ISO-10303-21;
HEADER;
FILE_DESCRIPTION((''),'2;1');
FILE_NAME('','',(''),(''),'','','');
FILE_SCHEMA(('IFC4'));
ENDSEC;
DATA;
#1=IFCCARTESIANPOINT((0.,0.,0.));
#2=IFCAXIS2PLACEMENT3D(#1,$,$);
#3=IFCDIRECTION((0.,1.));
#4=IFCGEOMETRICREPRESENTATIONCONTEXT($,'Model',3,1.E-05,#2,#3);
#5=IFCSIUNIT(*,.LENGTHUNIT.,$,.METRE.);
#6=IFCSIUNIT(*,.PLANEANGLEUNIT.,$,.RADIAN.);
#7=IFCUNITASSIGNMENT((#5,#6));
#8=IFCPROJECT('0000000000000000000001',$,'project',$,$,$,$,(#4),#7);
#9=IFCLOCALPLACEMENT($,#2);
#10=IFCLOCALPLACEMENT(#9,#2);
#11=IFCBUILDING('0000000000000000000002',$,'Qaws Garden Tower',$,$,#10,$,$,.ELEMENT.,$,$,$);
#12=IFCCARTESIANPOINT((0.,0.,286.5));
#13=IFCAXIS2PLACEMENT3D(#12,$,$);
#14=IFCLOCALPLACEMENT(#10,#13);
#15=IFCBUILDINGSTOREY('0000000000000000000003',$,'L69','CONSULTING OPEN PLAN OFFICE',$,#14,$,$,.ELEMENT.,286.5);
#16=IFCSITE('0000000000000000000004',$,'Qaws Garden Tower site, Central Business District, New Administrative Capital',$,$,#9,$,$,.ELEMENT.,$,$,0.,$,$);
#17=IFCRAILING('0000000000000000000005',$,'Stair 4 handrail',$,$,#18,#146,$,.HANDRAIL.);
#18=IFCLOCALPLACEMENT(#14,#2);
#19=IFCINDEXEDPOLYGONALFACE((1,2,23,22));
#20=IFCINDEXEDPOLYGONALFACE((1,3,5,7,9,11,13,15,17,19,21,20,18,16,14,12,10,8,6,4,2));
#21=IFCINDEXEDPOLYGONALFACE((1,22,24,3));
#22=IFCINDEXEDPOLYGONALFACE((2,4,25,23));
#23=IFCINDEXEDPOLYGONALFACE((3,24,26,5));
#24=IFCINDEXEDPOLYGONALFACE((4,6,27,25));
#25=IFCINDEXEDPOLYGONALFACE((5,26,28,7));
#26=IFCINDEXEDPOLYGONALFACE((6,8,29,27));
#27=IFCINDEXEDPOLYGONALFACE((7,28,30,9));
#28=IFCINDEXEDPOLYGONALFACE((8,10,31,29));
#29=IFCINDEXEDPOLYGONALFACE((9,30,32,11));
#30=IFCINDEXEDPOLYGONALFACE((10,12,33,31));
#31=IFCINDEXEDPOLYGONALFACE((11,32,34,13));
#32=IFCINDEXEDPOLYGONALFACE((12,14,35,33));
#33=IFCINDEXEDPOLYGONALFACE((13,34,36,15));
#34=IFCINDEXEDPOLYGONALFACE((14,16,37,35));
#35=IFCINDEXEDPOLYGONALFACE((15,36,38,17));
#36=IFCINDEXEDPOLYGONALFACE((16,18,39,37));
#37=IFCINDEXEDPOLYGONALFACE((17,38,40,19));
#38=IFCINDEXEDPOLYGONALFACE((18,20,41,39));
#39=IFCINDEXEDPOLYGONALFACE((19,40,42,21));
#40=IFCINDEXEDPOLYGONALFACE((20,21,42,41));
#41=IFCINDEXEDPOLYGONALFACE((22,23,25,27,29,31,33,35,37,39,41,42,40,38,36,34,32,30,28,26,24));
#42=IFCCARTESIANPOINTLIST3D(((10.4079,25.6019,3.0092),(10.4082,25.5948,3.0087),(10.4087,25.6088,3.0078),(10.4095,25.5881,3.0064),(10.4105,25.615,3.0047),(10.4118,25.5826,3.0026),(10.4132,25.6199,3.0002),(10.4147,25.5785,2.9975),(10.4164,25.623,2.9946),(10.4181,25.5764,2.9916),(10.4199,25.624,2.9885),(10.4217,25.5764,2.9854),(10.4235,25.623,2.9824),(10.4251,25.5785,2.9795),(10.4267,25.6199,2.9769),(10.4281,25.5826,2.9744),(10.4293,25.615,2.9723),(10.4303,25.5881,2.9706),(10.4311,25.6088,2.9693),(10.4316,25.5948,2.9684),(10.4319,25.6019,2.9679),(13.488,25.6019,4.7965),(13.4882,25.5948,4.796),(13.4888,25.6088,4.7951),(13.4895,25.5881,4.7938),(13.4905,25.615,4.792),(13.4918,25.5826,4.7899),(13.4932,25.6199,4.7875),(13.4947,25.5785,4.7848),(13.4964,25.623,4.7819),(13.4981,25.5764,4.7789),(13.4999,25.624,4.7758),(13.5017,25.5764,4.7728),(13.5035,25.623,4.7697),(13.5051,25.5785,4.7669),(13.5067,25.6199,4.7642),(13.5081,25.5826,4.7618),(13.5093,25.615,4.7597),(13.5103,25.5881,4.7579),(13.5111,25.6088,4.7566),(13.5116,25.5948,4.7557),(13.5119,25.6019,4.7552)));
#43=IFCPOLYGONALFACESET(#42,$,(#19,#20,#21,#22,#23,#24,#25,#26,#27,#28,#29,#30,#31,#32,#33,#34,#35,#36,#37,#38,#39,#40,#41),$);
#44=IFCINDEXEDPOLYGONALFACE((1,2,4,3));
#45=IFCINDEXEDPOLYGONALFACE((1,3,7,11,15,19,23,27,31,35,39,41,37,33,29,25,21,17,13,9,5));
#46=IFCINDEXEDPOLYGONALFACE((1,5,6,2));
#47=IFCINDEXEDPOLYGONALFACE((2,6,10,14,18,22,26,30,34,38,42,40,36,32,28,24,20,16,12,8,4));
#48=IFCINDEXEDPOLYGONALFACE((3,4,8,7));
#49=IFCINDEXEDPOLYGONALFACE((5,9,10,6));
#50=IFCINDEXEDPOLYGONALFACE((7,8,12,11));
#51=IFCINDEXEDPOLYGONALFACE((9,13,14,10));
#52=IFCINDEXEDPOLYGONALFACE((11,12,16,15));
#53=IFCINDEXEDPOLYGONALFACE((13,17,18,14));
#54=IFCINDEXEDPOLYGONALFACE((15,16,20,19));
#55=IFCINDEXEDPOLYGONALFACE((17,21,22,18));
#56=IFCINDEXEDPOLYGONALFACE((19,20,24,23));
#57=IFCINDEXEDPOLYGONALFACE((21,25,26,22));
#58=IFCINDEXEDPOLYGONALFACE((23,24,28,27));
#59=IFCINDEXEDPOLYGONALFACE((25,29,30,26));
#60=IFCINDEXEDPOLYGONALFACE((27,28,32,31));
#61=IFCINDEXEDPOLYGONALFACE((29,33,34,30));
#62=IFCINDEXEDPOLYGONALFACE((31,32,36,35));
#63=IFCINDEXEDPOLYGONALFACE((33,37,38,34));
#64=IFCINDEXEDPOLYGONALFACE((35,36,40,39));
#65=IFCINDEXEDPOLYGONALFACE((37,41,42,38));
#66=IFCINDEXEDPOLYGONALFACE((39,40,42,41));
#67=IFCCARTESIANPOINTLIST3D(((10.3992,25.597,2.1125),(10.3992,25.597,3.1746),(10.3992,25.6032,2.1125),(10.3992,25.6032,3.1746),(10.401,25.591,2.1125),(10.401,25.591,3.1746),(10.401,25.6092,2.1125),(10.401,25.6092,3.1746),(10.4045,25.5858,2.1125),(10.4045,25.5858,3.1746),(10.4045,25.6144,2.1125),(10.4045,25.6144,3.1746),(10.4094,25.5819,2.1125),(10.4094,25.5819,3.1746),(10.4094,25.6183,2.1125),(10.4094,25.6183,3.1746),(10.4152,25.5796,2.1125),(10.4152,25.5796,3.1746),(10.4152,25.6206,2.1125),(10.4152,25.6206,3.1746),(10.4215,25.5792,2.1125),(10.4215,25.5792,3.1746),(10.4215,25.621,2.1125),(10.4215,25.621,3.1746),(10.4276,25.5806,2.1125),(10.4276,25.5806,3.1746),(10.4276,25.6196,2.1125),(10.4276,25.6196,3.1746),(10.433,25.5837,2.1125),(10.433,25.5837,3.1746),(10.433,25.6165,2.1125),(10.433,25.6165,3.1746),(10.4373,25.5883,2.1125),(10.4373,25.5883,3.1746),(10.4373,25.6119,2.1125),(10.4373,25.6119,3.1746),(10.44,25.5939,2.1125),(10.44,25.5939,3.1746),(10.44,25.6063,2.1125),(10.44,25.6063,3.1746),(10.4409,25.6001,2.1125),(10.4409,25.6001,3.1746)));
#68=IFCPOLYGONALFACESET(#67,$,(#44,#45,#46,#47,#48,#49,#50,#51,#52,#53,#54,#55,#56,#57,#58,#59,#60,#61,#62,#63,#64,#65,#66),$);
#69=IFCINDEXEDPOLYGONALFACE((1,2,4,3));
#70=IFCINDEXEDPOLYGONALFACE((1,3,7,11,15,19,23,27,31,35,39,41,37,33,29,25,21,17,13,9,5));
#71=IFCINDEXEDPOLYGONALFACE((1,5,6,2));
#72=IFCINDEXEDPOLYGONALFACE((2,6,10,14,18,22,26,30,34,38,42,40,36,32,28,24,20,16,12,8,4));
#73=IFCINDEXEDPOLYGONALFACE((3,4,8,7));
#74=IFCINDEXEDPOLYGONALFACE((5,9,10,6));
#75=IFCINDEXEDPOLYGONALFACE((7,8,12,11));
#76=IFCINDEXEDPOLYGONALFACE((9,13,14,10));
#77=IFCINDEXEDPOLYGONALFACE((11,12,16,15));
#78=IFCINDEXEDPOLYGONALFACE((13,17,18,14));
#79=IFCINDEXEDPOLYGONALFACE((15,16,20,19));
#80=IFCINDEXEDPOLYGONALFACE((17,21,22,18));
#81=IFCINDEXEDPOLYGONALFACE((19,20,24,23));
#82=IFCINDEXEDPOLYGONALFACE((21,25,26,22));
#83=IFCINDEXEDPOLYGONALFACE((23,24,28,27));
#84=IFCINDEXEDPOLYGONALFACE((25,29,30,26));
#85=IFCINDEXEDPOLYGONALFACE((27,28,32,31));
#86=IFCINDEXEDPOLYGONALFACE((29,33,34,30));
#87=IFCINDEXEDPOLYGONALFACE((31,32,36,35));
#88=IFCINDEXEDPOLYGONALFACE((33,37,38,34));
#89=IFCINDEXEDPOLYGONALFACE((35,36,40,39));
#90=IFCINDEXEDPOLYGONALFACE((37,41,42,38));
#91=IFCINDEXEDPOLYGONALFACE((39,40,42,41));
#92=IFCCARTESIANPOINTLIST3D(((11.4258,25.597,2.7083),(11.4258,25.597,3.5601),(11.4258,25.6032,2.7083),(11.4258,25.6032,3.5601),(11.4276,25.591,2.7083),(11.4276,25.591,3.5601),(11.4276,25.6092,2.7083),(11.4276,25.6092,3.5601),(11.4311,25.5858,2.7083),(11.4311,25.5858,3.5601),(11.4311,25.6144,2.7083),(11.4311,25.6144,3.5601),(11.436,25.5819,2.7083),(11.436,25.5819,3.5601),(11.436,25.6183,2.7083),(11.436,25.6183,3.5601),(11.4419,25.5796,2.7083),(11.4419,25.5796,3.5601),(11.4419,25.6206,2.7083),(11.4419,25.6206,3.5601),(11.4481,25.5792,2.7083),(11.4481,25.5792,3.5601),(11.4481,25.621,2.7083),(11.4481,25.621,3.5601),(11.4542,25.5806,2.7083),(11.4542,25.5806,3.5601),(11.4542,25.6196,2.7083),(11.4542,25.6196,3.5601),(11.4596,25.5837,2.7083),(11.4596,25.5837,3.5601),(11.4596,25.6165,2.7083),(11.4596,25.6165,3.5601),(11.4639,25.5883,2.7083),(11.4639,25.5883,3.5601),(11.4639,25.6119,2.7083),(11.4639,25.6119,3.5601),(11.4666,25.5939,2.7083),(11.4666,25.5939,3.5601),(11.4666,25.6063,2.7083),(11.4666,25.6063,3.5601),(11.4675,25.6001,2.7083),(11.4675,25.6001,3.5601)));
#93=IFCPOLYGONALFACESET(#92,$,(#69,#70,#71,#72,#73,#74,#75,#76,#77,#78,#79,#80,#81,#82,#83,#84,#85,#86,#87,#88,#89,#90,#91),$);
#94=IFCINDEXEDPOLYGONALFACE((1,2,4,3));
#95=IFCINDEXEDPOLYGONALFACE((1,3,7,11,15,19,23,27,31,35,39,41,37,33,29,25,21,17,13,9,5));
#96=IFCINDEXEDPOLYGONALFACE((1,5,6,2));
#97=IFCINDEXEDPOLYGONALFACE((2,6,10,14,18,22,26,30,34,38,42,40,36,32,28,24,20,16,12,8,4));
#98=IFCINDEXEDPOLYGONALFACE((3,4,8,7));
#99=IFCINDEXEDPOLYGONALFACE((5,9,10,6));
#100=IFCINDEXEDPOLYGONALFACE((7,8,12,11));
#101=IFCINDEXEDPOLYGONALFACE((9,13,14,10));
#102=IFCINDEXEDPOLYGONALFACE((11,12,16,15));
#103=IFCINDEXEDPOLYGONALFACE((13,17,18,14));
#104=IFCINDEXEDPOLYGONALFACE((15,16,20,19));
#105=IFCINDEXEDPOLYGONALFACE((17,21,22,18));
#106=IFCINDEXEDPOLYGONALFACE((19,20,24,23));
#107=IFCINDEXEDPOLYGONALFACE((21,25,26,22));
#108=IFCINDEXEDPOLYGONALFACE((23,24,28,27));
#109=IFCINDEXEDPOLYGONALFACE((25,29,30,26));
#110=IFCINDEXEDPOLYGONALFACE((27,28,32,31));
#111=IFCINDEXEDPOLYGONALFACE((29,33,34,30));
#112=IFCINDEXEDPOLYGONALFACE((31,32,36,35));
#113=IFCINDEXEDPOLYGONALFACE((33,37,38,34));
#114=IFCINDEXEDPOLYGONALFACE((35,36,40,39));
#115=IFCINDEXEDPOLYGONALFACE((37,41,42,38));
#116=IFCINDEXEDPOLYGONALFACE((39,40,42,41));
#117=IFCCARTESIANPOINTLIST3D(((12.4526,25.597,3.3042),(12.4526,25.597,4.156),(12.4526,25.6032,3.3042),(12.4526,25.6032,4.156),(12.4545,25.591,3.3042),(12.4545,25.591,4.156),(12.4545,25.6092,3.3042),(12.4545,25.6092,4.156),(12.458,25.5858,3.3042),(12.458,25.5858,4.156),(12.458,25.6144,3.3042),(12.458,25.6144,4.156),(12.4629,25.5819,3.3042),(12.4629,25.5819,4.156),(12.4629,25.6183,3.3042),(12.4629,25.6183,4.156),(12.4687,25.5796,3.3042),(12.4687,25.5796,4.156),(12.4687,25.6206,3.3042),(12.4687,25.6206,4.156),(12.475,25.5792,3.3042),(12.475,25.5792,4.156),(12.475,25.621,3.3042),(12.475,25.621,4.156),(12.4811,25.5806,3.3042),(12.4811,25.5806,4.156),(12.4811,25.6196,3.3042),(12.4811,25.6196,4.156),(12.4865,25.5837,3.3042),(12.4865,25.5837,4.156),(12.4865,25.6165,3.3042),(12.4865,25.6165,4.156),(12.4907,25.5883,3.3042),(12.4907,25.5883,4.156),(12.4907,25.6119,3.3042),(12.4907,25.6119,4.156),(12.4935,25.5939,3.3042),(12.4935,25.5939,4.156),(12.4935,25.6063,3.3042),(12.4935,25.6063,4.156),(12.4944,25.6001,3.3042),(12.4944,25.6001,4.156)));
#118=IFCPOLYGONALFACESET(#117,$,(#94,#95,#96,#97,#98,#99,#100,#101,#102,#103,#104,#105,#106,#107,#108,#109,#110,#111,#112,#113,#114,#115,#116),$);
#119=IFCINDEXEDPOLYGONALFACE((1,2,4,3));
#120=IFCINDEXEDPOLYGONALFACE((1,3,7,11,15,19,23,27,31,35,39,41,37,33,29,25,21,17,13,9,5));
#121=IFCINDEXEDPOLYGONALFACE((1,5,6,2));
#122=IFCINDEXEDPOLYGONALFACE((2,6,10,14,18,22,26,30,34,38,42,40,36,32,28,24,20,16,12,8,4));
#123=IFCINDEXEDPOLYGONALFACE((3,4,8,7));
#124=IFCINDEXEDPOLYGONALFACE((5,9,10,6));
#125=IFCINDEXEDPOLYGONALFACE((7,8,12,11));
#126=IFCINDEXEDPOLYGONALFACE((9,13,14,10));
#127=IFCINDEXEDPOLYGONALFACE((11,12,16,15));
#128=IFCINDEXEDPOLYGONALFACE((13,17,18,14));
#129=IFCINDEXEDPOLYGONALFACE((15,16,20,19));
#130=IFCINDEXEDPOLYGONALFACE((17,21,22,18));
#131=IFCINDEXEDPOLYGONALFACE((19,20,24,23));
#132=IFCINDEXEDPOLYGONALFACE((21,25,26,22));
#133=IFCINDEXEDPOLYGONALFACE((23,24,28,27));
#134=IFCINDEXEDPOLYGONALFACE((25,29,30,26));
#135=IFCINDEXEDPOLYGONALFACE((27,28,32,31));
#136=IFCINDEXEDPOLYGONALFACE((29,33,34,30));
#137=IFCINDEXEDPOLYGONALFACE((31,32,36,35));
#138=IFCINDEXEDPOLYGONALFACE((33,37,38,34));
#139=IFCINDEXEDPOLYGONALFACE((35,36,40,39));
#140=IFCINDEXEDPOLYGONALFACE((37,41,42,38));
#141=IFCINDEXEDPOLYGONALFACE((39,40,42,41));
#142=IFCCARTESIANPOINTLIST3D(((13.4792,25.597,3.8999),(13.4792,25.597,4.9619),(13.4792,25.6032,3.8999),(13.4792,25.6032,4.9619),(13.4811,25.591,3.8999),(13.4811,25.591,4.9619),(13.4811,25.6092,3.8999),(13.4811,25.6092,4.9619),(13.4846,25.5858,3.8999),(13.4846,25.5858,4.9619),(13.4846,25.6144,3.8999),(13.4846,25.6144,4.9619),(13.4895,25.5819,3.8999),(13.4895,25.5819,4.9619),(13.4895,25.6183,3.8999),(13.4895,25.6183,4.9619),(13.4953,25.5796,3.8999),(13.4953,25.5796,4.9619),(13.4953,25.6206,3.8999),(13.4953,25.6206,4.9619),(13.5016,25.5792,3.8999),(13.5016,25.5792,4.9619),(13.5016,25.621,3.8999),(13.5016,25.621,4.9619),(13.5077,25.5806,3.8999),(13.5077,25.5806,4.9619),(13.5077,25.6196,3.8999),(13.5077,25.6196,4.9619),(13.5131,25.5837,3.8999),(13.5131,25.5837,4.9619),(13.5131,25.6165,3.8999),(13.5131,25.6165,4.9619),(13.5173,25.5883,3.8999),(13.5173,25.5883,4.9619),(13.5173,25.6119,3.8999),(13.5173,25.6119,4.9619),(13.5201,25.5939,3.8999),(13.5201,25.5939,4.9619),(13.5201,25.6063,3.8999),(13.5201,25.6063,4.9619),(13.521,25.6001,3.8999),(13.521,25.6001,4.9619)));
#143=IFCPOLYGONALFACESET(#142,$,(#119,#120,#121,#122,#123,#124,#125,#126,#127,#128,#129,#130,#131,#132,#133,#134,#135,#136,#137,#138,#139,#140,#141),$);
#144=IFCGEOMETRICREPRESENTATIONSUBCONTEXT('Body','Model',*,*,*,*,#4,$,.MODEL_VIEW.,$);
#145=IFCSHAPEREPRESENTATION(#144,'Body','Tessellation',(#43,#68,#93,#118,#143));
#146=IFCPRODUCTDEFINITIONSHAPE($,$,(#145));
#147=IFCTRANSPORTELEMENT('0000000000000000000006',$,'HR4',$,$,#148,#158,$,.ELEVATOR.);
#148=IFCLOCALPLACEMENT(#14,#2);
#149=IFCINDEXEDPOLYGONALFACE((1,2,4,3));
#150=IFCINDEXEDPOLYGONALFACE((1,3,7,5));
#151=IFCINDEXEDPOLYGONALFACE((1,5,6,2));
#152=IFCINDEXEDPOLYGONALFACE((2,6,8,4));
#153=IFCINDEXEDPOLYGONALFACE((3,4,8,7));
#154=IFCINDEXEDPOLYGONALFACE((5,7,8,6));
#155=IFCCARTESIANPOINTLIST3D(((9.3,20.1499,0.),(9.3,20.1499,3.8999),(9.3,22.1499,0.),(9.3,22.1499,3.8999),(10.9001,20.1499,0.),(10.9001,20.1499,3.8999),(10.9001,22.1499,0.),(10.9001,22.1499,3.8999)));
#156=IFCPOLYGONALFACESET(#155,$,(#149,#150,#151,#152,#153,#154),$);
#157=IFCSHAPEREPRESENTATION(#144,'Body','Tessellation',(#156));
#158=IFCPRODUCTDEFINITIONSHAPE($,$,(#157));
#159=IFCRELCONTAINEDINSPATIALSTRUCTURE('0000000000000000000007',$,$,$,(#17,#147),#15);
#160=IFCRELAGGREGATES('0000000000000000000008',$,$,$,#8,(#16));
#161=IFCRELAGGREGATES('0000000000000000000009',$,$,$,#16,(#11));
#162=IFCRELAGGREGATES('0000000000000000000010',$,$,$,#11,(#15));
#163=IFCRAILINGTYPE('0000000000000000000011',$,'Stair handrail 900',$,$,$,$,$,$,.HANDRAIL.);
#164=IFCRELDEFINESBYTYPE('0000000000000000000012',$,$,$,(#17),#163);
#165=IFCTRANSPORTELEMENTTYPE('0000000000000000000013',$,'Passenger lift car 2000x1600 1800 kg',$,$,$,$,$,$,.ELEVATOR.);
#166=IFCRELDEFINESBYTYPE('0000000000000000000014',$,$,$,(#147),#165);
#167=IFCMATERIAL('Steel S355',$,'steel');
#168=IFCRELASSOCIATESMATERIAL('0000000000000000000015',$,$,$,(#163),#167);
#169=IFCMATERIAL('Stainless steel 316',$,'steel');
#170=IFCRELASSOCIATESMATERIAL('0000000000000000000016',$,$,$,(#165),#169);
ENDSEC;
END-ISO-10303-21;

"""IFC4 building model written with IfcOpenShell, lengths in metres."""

from ifc_helpers import new_model, si_unit, direction, frame, origin, origin_2d, place, context, subcontext, project, spatial, rectangle, circle, extrude, material, type_object, element, save


model = new_model("IFC4")

# Units and contexts
model_context = context("Model", 3, precision=1e-05, world=origin(), true_north=direction((0.0, 1.0)))
body_context = subcontext(model_context, "Body", "Model", "MODEL_VIEW")
ifc_project = project(units=[si_unit("LENGTHUNIT", "METRE"), si_unit("PLANEANGLEUNIT", "RADIAN")], contexts=[model_context])

# Site, building, storey
site_placement = place(None, origin())
site = spatial("IfcSite", under=ifc_project, at=site_placement, Name="Qaws Garden Tower site, Central Business District, New Administrative Capital", CompositionType="ELEMENT", RefElevation=0.0)
building_placement = place(site_placement, origin())
building = spatial("IfcBuilding", under=site, at=building_placement, Name="Qaws Garden Tower", CompositionType="ELEMENT")
storey_placement = place(building_placement, frame((0.0, 0.0, 286.5)))
storey = spatial("IfcBuildingStorey", under=building, at=storey_placement, Name="L69", Description="CONSULTING OPEN PLAN OFFICE", CompositionType="ELEMENT", Elevation=286.5)

# Railing
ifc_material_1 = material(Name="Steel S355", Category="steel")
railing_type = type_object("IfcRailingType", Name="Stair handrail 900", PredefinedType="HANDRAIL", material=ifc_material_1)
railing_1_placement = place(storey_placement, frame((10.4199, 25.6001, 2.1125)))
element("IfcRailing", 1, at=railing_1_placement, inside=storey, type_object=railing_type, Name="Stair 4 handrail", PredefinedType="HANDRAIL", context=body_context, shape_type="SweptSolid", body=[
    extrude(circle(Radius=0.0239, at=origin_2d()), frame((0.0, 0.0, 0.876), z_axis=(0.86492, 0.0, 0.501909), x_axis=(0.0, 1.0, 0.0)), (0.0, 0.0, 1.0), 3.561),
    extrude(circle(Radius=0.021, at=origin_2d()), origin(), (0.0, 0.0, 1.0), 1.062),
    extrude(circle(Radius=0.021, at=origin_2d()), frame((1.0266, 0.0, 0.5957)), (0.0, 0.0, 1.0), 0.8518),
    extrude(circle(Radius=0.021, at=origin_2d()), frame((2.0535, 0.0, 1.1917)), (0.0, 0.0, 1.0), 0.8518),
    extrude(circle(Radius=0.021, at=origin_2d()), frame((3.0801, 0.0, 1.7874)), (0.0, 0.0, 1.0), 1.062),
])

# Transport element
ifc_material_2 = material(Name="Stainless steel 316", Category="steel")
transport_element_type = type_object("IfcTransportElementType", Name="Passenger lift car 2000x1600 1800 kg", PredefinedType="ELEVATOR", material=ifc_material_2)
transport_element_placement = place(storey_placement, frame((10.1001, 21.1499, 0.0), z_axis=(0.0, 0.0, 1.0), x_axis=(1.0, 0.0, 0.0)))
element("IfcTransportElement", 2, at=transport_element_placement, inside=storey, type_object=transport_element_type, Name="HR4", PredefinedType="ELEVATOR", context=body_context, shape_type="SweptSolid", body=[
    extrude(rectangle(XDim=1.6001, YDim=2.0, at=origin_2d()), origin(), (0.0, 0.0, 1.0), 3.8999),
])

save(model, "model.ifc")
